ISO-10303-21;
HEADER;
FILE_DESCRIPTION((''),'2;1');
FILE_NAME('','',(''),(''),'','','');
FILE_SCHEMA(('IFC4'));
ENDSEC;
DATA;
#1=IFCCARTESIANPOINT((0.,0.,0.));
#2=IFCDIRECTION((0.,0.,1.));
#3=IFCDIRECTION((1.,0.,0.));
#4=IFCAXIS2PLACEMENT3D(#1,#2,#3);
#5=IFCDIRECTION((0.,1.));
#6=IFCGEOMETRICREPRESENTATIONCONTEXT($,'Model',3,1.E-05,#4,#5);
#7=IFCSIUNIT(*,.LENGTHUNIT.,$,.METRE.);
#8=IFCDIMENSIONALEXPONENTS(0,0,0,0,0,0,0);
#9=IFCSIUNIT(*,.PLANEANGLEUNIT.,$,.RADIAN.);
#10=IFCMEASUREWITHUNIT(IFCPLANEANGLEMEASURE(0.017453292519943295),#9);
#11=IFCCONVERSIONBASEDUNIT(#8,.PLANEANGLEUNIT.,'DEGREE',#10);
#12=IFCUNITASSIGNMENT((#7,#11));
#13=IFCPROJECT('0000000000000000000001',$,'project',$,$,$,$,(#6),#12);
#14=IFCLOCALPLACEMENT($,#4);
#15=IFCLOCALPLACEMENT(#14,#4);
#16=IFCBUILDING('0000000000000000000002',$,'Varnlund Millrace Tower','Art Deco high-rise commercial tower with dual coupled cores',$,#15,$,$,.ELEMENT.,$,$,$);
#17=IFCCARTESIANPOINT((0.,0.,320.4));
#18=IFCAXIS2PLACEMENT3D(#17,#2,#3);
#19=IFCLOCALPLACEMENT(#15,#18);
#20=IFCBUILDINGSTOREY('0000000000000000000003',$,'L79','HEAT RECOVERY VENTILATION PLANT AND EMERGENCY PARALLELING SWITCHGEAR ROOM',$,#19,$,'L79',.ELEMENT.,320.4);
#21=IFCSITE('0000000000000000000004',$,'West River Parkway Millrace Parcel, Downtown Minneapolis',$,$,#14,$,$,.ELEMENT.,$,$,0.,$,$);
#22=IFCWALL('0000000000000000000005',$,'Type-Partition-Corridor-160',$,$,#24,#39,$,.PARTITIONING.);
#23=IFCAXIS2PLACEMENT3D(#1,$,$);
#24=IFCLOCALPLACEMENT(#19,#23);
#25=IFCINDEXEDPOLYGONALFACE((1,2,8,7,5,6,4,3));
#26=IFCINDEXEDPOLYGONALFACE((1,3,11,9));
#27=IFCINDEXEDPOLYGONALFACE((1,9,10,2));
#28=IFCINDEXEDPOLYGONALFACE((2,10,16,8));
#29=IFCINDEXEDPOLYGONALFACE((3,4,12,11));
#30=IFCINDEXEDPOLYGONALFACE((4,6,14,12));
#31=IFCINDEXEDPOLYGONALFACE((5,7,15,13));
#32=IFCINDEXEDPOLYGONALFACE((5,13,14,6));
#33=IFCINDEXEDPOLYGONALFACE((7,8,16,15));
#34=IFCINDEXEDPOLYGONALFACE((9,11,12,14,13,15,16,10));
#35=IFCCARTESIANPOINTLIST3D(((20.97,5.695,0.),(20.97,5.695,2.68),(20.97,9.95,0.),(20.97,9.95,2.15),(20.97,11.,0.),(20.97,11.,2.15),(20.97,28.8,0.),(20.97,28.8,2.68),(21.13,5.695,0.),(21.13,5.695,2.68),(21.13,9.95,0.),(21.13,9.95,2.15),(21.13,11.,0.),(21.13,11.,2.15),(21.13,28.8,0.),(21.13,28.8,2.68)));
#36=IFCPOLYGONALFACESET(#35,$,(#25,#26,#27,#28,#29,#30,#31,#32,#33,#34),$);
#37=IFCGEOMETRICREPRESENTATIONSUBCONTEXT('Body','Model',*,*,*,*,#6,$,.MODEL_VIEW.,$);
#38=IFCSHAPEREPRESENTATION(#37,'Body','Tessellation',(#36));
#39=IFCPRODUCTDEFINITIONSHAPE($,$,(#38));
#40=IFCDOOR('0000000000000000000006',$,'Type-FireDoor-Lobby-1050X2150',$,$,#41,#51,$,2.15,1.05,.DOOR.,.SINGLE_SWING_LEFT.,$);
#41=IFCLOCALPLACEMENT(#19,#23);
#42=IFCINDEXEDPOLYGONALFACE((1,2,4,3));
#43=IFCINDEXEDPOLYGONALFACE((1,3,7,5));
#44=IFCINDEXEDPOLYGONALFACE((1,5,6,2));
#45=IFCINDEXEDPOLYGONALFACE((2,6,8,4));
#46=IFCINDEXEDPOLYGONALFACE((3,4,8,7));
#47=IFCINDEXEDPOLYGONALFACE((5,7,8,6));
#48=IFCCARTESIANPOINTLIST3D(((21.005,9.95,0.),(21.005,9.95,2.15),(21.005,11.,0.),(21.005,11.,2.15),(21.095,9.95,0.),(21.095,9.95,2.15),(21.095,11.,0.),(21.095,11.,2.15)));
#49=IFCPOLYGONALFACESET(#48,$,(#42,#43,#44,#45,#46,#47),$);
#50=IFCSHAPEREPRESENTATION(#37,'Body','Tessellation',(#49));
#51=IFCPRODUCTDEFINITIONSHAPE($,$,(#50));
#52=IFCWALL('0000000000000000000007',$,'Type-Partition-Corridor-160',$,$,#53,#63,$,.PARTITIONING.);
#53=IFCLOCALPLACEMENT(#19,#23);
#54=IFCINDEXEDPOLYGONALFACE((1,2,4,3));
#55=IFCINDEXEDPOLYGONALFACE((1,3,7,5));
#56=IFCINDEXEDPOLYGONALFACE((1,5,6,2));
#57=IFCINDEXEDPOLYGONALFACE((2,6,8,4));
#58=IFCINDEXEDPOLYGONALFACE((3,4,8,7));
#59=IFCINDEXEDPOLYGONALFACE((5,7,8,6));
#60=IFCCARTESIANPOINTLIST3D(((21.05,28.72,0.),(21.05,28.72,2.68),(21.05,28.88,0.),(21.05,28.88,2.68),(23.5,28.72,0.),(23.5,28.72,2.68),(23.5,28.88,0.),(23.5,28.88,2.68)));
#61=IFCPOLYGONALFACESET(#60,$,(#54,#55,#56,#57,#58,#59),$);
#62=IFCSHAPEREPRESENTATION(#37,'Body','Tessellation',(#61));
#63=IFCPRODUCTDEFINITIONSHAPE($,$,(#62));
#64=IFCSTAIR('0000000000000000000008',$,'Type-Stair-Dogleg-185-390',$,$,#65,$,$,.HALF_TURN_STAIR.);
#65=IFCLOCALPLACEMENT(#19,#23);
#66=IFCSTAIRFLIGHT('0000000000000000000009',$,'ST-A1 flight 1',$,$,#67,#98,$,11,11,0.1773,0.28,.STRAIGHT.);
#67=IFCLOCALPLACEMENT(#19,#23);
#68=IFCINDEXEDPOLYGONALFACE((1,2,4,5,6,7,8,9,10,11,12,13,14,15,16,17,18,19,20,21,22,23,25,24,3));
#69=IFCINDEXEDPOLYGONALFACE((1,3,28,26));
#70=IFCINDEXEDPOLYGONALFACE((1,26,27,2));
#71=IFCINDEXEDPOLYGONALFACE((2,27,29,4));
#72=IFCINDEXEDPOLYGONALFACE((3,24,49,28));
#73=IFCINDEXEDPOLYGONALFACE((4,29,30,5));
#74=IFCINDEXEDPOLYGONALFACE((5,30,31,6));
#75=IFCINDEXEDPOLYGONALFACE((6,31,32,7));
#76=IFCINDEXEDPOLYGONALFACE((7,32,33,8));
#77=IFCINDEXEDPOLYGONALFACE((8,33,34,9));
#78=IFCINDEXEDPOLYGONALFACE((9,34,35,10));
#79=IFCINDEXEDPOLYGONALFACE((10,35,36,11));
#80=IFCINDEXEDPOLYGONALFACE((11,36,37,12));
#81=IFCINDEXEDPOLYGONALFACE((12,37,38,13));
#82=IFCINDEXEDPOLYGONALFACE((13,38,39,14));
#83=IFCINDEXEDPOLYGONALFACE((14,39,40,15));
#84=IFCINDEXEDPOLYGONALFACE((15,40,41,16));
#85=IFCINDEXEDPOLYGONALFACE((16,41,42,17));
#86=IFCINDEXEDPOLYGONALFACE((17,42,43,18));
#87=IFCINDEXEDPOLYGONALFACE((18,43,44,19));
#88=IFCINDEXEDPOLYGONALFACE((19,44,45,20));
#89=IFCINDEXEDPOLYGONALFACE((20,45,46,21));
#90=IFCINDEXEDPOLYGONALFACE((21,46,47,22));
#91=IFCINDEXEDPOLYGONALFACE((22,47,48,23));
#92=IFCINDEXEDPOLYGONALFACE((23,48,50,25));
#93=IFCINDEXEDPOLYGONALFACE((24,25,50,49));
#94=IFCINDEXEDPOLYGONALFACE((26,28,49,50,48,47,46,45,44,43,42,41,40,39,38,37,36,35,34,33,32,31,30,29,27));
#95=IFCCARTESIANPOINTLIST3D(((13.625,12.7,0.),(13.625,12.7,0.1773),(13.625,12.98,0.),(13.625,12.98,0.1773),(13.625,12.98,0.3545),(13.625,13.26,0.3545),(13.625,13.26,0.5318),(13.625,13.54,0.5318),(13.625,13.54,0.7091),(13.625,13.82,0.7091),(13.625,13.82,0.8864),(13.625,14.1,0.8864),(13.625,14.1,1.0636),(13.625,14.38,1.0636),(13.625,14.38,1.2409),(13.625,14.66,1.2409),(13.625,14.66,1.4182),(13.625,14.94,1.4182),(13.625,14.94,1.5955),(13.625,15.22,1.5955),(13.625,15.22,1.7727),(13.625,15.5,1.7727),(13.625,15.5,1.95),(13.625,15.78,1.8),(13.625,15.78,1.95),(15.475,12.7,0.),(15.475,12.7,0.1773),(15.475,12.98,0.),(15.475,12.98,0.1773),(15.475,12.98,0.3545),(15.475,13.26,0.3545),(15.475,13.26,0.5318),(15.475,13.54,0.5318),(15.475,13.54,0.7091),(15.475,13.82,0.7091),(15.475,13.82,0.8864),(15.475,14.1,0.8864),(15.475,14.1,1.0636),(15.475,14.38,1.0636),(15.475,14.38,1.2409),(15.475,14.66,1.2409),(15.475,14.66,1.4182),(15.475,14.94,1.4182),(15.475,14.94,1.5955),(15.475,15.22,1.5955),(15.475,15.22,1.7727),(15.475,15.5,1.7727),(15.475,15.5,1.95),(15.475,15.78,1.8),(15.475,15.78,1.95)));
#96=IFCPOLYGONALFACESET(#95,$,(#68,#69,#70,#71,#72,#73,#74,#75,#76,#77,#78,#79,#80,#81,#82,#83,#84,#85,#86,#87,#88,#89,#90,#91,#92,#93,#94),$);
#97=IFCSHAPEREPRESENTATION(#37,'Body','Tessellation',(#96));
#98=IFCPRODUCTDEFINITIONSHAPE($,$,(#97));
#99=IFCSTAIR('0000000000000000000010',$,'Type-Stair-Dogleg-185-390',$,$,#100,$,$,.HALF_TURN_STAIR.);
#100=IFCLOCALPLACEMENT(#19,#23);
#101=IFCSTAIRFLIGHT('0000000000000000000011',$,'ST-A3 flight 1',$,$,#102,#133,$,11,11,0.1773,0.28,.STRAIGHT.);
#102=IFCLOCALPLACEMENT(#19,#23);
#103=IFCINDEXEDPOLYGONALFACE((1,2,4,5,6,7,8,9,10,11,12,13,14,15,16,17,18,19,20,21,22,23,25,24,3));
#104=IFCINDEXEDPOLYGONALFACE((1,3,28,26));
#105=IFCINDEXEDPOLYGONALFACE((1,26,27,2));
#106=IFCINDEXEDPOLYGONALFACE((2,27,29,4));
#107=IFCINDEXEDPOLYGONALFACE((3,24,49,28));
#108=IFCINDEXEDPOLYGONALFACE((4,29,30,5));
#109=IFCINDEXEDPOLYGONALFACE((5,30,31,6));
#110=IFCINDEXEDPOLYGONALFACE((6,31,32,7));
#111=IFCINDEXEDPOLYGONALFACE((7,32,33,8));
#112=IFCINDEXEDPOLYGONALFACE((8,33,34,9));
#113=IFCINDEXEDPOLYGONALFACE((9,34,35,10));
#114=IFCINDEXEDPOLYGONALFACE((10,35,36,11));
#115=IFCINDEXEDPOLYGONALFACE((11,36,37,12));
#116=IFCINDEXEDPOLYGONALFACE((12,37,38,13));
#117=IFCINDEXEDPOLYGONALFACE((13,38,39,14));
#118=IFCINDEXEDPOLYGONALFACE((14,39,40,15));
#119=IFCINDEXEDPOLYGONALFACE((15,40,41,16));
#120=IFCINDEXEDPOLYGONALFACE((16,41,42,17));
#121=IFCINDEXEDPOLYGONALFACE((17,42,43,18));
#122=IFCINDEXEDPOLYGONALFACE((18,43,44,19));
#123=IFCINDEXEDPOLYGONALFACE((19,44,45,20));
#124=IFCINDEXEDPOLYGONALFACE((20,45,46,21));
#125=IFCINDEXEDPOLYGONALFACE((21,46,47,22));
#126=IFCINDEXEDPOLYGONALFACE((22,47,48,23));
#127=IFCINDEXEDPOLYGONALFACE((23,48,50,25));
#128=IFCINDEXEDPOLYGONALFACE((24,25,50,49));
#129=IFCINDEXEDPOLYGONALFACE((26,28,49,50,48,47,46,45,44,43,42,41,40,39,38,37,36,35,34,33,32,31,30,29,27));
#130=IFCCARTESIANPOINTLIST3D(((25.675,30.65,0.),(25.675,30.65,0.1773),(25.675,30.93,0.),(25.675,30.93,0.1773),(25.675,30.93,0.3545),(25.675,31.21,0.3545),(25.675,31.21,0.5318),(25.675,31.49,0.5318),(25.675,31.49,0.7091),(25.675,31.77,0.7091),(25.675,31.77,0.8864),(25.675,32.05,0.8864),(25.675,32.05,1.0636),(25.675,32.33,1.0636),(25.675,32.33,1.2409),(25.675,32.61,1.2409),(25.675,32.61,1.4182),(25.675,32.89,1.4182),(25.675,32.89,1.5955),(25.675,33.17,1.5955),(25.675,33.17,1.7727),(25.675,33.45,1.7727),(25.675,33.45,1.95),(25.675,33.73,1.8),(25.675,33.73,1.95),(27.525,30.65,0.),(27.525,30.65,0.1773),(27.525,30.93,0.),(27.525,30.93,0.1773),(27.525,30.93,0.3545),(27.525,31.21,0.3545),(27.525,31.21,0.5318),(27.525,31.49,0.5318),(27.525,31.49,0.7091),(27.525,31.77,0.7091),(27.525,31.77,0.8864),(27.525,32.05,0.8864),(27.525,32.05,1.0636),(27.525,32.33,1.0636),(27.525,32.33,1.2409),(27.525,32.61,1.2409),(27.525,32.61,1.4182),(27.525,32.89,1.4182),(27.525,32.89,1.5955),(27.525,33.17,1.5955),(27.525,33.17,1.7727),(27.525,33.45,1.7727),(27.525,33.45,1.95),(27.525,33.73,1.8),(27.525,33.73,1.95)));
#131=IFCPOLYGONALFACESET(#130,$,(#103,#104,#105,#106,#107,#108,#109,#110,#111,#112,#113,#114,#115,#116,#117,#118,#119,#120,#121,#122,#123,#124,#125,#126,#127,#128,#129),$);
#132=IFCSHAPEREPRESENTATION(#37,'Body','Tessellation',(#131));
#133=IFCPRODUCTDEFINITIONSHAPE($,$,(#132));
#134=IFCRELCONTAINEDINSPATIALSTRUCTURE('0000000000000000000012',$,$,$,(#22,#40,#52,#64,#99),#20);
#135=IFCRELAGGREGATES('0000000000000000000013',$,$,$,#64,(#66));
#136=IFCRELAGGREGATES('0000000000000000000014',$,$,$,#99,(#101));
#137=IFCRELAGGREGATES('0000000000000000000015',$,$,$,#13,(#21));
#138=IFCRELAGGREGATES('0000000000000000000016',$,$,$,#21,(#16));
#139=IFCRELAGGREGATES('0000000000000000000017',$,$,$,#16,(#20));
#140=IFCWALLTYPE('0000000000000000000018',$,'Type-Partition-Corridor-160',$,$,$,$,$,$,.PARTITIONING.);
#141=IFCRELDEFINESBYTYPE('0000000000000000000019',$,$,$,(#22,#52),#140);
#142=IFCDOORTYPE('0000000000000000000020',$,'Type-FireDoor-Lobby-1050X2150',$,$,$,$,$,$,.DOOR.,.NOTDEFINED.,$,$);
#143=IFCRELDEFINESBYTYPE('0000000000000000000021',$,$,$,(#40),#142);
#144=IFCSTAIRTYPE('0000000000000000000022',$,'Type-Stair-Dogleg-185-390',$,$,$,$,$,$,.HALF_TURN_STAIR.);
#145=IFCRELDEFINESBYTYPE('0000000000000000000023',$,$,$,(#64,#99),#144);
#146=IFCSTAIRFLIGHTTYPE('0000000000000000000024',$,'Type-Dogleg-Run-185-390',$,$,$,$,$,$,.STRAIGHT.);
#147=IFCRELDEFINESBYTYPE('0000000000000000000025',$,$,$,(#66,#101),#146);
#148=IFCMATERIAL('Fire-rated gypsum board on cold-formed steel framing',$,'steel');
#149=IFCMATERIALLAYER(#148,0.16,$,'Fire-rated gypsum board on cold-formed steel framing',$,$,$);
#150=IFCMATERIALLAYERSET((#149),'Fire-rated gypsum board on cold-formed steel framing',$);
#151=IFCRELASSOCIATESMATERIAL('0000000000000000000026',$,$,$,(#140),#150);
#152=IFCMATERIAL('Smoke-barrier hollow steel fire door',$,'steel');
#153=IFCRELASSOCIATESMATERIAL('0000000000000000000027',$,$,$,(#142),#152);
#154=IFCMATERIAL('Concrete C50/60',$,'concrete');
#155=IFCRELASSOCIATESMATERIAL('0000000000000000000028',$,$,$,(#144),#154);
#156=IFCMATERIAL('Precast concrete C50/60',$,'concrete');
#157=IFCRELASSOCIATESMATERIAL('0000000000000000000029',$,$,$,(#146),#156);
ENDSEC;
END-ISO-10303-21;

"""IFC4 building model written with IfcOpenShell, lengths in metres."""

from ifc_helpers import new_model, entity, si_unit, converted_unit, direction, frame, origin_with_axes, origin_2d_with_axis, place, context, subcontext, project, spatial, polyline, rectangle, outline, extrude, material, layer, layer_set, type_object, element, fill, aggregate, save


model = new_model("IFC4")

# Units and contexts
model_context = context("Model", 3, precision=1e-05, world=origin_with_axes(), true_north=direction((0.0, 1.0)))
body_context = subcontext(model_context, "Body", "Model", "MODEL_VIEW")
ifc_project = project(units=[si_unit("LENGTHUNIT", "METRE"), converted_unit("PLANEANGLEUNIT", "DEGREE", entity("IfcPlaneAngleMeasure", 0.017453292519943295), si_unit("PLANEANGLEUNIT", "RADIAN"), dimensions=[0, 0, 0, 0, 0, 0, 0])], contexts=[model_context])

# Site, building, storey
site_placement = place(None, origin_with_axes())
site = spatial("IfcSite", under=ifc_project, at=site_placement, Name="West River Parkway Millrace Parcel, Downtown Minneapolis", CompositionType="ELEMENT", RefElevation=0.0)
building_placement = place(site_placement, origin_with_axes())
building = spatial("IfcBuilding", under=site, at=building_placement, Name="Varnlund Millrace Tower", Description="Art Deco high-rise commercial tower with dual coupled cores", CompositionType="ELEMENT")
storey_placement = place(building_placement, frame((0.0, 0.0, 320.4), z_axis=(0.0, 0.0, 1.0), x_axis=(1.0, 0.0, 0.0)))
storey = spatial("IfcBuildingStorey", under=building, at=storey_placement, Name="L79", Description="HEAT RECOVERY VENTILATION PLANT AND EMERGENCY PARALLELING SWITCHGEAR ROOM", LongName="L79", CompositionType="ELEMENT", Elevation=320.4)

# Shared definitions
ifc_material_1 = material(Name="Precast concrete C50/60", Category="concrete")
ifc_material_2 = material(Name="Fire-rated gypsum board on cold-formed steel framing", Category="steel")
ifc_layer_1 = layer(ifc_material_2, 0.16, Name="Fire-rated gypsum board on cold-formed steel framing")
ifc_layer_set_1 = layer_set([ifc_layer_1], Name="Fire-rated gypsum board on cold-formed steel framing")
wall_type_1 = type_object("IfcWallType", Name="Type-Partition-Corridor-160", PredefinedType="PARTITIONING", material=ifc_layer_set_1)

# Wall, opening, door
wall_1_placement = place(storey_placement, frame((21.05, 5.695, 0.0), z_axis=(0.0, 0.0, 1.0), x_axis=(0.0, 1.0, 0.0)))
wall_1 = element("IfcWall", 1, at=wall_1_placement, inside=storey, type_object=wall_type_1, Name="Type-Partition-Corridor-160", PredefinedType="PARTITIONING", context=body_context, shape_type="SweptSolid", body=[
    extrude(outline(polyline([(0.0, -0.08), (23.105, -0.08), (23.105, 0.08), (0.0, 0.08), (0.0, -0.08)])), origin_with_axes(), (0.0, 0.0, 1.0), 2.68),
])
opening_placement = place(wall_1_placement, frame((4.78, 0.0, 0.0), z_axis=(0.0, 0.0, 1.0), x_axis=(1.0, 0.0, 0.0)))
opening = element("IfcOpeningElement", 2, at=opening_placement, cuts=wall_1, PredefinedType="OPENING", context=body_context, shape_type="SweptSolid", body=[
    extrude(rectangle(XDim=1.05, YDim=0.18, at=origin_2d_with_axis()), origin_with_axes(), (0.0, 0.0, 1.0), 2.15),
])
ifc_material_3 = material(Name="Smoke-barrier hollow steel fire door", Category="steel")
door_type = type_object("IfcDoorType", Name="Type-FireDoor-Lobby-1050X2150", OperationType="NOTDEFINED", PredefinedType="DOOR", material=ifc_material_3)
door_placement = place(wall_1_placement, frame((4.78, 0.0, 0.0), z_axis=(0.0, 0.0, 1.0), x_axis=(1.0, 0.0, 0.0)))
door = element("IfcDoor", 3, at=door_placement, inside=storey, type_object=door_type, Name="Type-FireDoor-Lobby-1050X2150", OperationType="SINGLE_SWING_LEFT", OverallHeight=2.15, OverallWidth=1.05, PredefinedType="DOOR", context=body_context, shape_type="SweptSolid", body=[
    extrude(rectangle(XDim=1.05, YDim=0.09, at=origin_2d_with_axis()), origin_with_axes(), (0.0, 0.0, 1.0), 2.15),
])
fill(opening, door)

# Wall
wall_2_placement = place(storey_placement, frame((21.05, 28.8, 0.0), z_axis=(0.0, 0.0, 1.0), x_axis=(1.0, 0.0, 0.0)))
element("IfcWall", 4, at=wall_2_placement, inside=storey, type_object=wall_type_1, Name="Type-Partition-Corridor-160", PredefinedType="PARTITIONING", context=body_context, shape_type="SweptSolid", body=[
    extrude(outline(polyline([(0.0, -0.08), (2.45, -0.08), (2.45, 0.08), (0.0, 0.08), (0.0, -0.08)])), origin_with_axes(), (0.0, 0.0, 1.0), 2.68),
])

# Stairs, stair flights
ifc_material_4 = material(Name="Concrete C50/60", Category="concrete")
stair_type = type_object("IfcStairType", Name="Type-Stair-Dogleg-185-390", PredefinedType="HALF_TURN_STAIR", material=ifc_material_4)
stair_1_placement = place(storey_placement, origin_with_axes())
stair_1 = element("IfcStair", 5, at=stair_1_placement, inside=storey, type_object=stair_type, Name="Type-Stair-Dogleg-185-390", PredefinedType="HALF_TURN_STAIR")
stair_flight_type = type_object("IfcStairFlightType", Name="Type-Dogleg-Run-185-390", PredefinedType="STRAIGHT", material=ifc_material_1)
stair_flight_1_placement = place(storey_placement, frame((13.625, 12.7, 0.0), z_axis=(1.0, 0.0, 0.0), x_axis=(0.0, 1.0, 0.0)))
stair_flight_1 = element("IfcStairFlight", 6, at=stair_flight_1_placement, type_object=stair_flight_type, Name="ST-A1 flight 1", NumberOfRisers=11, NumberOfTreads=11, PredefinedType="STRAIGHT", RiserHeight=0.1773, TreadLength=0.28, context=body_context, shape_type="SweptSolid", body=[
    extrude(outline(polyline([(0.0, 0.0), (0.0, 0.1773), (0.28, 0.1773), (0.28, 0.3545), (0.56, 0.3545), (0.56, 0.5318), (0.84, 0.5318), (0.84, 0.7091), (1.12, 0.7091), (1.12, 0.8864), (1.4, 0.8864), (1.4, 1.0636), (1.68, 1.0636), (1.68, 1.2409), (1.96, 1.2409), (1.96, 1.4182), (2.24, 1.4182), (2.24, 1.5955), (2.52, 1.5955), (2.52, 1.7727), (2.8, 1.7727), (2.8, 1.95), (3.08, 1.95), (3.08, 1.8), (0.28, 0.0), (0.0, 0.0)])), origin_with_axes(), (0.0, 0.0, 1.0), 1.85),
])
aggregate(stair_1, [stair_flight_1])
stair_2_placement = place(storey_placement, origin_with_axes())
stair_2 = element("IfcStair", 7, at=stair_2_placement, inside=storey, type_object=stair_type, Name="Type-Stair-Dogleg-185-390", PredefinedType="HALF_TURN_STAIR")
stair_flight_2_placement = place(storey_placement, frame((25.675, 30.65, 0.0), z_axis=(1.0, 0.0, 0.0), x_axis=(0.0, 1.0, 0.0)))
stair_flight_2 = element("IfcStairFlight", 8, at=stair_flight_2_placement, type_object=stair_flight_type, Name="ST-A3 flight 1", NumberOfRisers=11, NumberOfTreads=11, PredefinedType="STRAIGHT", RiserHeight=0.1773, TreadLength=0.28, context=body_context, shape_type="SweptSolid", body=[
    extrude(outline(polyline([(0.0, 0.0), (0.0, 0.1773), (0.28, 0.1773), (0.28, 0.3545), (0.56, 0.3545), (0.56, 0.5318), (0.84, 0.5318), (0.84, 0.7091), (1.12, 0.7091), (1.12, 0.8864), (1.4, 0.8864), (1.4, 1.0636), (1.68, 1.0636), (1.68, 1.2409), (1.96, 1.2409), (1.96, 1.4182), (2.24, 1.4182), (2.24, 1.5955), (2.52, 1.5955), (2.52, 1.7727), (2.8, 1.7727), (2.8, 1.95), (3.08, 1.95), (3.08, 1.8), (0.28, 0.0), (0.0, 0.0)])), origin_with_axes(), (0.0, 0.0, 1.0), 1.85),
])
aggregate(stair_2, [stair_flight_2])

save(model, "model.ifc")
